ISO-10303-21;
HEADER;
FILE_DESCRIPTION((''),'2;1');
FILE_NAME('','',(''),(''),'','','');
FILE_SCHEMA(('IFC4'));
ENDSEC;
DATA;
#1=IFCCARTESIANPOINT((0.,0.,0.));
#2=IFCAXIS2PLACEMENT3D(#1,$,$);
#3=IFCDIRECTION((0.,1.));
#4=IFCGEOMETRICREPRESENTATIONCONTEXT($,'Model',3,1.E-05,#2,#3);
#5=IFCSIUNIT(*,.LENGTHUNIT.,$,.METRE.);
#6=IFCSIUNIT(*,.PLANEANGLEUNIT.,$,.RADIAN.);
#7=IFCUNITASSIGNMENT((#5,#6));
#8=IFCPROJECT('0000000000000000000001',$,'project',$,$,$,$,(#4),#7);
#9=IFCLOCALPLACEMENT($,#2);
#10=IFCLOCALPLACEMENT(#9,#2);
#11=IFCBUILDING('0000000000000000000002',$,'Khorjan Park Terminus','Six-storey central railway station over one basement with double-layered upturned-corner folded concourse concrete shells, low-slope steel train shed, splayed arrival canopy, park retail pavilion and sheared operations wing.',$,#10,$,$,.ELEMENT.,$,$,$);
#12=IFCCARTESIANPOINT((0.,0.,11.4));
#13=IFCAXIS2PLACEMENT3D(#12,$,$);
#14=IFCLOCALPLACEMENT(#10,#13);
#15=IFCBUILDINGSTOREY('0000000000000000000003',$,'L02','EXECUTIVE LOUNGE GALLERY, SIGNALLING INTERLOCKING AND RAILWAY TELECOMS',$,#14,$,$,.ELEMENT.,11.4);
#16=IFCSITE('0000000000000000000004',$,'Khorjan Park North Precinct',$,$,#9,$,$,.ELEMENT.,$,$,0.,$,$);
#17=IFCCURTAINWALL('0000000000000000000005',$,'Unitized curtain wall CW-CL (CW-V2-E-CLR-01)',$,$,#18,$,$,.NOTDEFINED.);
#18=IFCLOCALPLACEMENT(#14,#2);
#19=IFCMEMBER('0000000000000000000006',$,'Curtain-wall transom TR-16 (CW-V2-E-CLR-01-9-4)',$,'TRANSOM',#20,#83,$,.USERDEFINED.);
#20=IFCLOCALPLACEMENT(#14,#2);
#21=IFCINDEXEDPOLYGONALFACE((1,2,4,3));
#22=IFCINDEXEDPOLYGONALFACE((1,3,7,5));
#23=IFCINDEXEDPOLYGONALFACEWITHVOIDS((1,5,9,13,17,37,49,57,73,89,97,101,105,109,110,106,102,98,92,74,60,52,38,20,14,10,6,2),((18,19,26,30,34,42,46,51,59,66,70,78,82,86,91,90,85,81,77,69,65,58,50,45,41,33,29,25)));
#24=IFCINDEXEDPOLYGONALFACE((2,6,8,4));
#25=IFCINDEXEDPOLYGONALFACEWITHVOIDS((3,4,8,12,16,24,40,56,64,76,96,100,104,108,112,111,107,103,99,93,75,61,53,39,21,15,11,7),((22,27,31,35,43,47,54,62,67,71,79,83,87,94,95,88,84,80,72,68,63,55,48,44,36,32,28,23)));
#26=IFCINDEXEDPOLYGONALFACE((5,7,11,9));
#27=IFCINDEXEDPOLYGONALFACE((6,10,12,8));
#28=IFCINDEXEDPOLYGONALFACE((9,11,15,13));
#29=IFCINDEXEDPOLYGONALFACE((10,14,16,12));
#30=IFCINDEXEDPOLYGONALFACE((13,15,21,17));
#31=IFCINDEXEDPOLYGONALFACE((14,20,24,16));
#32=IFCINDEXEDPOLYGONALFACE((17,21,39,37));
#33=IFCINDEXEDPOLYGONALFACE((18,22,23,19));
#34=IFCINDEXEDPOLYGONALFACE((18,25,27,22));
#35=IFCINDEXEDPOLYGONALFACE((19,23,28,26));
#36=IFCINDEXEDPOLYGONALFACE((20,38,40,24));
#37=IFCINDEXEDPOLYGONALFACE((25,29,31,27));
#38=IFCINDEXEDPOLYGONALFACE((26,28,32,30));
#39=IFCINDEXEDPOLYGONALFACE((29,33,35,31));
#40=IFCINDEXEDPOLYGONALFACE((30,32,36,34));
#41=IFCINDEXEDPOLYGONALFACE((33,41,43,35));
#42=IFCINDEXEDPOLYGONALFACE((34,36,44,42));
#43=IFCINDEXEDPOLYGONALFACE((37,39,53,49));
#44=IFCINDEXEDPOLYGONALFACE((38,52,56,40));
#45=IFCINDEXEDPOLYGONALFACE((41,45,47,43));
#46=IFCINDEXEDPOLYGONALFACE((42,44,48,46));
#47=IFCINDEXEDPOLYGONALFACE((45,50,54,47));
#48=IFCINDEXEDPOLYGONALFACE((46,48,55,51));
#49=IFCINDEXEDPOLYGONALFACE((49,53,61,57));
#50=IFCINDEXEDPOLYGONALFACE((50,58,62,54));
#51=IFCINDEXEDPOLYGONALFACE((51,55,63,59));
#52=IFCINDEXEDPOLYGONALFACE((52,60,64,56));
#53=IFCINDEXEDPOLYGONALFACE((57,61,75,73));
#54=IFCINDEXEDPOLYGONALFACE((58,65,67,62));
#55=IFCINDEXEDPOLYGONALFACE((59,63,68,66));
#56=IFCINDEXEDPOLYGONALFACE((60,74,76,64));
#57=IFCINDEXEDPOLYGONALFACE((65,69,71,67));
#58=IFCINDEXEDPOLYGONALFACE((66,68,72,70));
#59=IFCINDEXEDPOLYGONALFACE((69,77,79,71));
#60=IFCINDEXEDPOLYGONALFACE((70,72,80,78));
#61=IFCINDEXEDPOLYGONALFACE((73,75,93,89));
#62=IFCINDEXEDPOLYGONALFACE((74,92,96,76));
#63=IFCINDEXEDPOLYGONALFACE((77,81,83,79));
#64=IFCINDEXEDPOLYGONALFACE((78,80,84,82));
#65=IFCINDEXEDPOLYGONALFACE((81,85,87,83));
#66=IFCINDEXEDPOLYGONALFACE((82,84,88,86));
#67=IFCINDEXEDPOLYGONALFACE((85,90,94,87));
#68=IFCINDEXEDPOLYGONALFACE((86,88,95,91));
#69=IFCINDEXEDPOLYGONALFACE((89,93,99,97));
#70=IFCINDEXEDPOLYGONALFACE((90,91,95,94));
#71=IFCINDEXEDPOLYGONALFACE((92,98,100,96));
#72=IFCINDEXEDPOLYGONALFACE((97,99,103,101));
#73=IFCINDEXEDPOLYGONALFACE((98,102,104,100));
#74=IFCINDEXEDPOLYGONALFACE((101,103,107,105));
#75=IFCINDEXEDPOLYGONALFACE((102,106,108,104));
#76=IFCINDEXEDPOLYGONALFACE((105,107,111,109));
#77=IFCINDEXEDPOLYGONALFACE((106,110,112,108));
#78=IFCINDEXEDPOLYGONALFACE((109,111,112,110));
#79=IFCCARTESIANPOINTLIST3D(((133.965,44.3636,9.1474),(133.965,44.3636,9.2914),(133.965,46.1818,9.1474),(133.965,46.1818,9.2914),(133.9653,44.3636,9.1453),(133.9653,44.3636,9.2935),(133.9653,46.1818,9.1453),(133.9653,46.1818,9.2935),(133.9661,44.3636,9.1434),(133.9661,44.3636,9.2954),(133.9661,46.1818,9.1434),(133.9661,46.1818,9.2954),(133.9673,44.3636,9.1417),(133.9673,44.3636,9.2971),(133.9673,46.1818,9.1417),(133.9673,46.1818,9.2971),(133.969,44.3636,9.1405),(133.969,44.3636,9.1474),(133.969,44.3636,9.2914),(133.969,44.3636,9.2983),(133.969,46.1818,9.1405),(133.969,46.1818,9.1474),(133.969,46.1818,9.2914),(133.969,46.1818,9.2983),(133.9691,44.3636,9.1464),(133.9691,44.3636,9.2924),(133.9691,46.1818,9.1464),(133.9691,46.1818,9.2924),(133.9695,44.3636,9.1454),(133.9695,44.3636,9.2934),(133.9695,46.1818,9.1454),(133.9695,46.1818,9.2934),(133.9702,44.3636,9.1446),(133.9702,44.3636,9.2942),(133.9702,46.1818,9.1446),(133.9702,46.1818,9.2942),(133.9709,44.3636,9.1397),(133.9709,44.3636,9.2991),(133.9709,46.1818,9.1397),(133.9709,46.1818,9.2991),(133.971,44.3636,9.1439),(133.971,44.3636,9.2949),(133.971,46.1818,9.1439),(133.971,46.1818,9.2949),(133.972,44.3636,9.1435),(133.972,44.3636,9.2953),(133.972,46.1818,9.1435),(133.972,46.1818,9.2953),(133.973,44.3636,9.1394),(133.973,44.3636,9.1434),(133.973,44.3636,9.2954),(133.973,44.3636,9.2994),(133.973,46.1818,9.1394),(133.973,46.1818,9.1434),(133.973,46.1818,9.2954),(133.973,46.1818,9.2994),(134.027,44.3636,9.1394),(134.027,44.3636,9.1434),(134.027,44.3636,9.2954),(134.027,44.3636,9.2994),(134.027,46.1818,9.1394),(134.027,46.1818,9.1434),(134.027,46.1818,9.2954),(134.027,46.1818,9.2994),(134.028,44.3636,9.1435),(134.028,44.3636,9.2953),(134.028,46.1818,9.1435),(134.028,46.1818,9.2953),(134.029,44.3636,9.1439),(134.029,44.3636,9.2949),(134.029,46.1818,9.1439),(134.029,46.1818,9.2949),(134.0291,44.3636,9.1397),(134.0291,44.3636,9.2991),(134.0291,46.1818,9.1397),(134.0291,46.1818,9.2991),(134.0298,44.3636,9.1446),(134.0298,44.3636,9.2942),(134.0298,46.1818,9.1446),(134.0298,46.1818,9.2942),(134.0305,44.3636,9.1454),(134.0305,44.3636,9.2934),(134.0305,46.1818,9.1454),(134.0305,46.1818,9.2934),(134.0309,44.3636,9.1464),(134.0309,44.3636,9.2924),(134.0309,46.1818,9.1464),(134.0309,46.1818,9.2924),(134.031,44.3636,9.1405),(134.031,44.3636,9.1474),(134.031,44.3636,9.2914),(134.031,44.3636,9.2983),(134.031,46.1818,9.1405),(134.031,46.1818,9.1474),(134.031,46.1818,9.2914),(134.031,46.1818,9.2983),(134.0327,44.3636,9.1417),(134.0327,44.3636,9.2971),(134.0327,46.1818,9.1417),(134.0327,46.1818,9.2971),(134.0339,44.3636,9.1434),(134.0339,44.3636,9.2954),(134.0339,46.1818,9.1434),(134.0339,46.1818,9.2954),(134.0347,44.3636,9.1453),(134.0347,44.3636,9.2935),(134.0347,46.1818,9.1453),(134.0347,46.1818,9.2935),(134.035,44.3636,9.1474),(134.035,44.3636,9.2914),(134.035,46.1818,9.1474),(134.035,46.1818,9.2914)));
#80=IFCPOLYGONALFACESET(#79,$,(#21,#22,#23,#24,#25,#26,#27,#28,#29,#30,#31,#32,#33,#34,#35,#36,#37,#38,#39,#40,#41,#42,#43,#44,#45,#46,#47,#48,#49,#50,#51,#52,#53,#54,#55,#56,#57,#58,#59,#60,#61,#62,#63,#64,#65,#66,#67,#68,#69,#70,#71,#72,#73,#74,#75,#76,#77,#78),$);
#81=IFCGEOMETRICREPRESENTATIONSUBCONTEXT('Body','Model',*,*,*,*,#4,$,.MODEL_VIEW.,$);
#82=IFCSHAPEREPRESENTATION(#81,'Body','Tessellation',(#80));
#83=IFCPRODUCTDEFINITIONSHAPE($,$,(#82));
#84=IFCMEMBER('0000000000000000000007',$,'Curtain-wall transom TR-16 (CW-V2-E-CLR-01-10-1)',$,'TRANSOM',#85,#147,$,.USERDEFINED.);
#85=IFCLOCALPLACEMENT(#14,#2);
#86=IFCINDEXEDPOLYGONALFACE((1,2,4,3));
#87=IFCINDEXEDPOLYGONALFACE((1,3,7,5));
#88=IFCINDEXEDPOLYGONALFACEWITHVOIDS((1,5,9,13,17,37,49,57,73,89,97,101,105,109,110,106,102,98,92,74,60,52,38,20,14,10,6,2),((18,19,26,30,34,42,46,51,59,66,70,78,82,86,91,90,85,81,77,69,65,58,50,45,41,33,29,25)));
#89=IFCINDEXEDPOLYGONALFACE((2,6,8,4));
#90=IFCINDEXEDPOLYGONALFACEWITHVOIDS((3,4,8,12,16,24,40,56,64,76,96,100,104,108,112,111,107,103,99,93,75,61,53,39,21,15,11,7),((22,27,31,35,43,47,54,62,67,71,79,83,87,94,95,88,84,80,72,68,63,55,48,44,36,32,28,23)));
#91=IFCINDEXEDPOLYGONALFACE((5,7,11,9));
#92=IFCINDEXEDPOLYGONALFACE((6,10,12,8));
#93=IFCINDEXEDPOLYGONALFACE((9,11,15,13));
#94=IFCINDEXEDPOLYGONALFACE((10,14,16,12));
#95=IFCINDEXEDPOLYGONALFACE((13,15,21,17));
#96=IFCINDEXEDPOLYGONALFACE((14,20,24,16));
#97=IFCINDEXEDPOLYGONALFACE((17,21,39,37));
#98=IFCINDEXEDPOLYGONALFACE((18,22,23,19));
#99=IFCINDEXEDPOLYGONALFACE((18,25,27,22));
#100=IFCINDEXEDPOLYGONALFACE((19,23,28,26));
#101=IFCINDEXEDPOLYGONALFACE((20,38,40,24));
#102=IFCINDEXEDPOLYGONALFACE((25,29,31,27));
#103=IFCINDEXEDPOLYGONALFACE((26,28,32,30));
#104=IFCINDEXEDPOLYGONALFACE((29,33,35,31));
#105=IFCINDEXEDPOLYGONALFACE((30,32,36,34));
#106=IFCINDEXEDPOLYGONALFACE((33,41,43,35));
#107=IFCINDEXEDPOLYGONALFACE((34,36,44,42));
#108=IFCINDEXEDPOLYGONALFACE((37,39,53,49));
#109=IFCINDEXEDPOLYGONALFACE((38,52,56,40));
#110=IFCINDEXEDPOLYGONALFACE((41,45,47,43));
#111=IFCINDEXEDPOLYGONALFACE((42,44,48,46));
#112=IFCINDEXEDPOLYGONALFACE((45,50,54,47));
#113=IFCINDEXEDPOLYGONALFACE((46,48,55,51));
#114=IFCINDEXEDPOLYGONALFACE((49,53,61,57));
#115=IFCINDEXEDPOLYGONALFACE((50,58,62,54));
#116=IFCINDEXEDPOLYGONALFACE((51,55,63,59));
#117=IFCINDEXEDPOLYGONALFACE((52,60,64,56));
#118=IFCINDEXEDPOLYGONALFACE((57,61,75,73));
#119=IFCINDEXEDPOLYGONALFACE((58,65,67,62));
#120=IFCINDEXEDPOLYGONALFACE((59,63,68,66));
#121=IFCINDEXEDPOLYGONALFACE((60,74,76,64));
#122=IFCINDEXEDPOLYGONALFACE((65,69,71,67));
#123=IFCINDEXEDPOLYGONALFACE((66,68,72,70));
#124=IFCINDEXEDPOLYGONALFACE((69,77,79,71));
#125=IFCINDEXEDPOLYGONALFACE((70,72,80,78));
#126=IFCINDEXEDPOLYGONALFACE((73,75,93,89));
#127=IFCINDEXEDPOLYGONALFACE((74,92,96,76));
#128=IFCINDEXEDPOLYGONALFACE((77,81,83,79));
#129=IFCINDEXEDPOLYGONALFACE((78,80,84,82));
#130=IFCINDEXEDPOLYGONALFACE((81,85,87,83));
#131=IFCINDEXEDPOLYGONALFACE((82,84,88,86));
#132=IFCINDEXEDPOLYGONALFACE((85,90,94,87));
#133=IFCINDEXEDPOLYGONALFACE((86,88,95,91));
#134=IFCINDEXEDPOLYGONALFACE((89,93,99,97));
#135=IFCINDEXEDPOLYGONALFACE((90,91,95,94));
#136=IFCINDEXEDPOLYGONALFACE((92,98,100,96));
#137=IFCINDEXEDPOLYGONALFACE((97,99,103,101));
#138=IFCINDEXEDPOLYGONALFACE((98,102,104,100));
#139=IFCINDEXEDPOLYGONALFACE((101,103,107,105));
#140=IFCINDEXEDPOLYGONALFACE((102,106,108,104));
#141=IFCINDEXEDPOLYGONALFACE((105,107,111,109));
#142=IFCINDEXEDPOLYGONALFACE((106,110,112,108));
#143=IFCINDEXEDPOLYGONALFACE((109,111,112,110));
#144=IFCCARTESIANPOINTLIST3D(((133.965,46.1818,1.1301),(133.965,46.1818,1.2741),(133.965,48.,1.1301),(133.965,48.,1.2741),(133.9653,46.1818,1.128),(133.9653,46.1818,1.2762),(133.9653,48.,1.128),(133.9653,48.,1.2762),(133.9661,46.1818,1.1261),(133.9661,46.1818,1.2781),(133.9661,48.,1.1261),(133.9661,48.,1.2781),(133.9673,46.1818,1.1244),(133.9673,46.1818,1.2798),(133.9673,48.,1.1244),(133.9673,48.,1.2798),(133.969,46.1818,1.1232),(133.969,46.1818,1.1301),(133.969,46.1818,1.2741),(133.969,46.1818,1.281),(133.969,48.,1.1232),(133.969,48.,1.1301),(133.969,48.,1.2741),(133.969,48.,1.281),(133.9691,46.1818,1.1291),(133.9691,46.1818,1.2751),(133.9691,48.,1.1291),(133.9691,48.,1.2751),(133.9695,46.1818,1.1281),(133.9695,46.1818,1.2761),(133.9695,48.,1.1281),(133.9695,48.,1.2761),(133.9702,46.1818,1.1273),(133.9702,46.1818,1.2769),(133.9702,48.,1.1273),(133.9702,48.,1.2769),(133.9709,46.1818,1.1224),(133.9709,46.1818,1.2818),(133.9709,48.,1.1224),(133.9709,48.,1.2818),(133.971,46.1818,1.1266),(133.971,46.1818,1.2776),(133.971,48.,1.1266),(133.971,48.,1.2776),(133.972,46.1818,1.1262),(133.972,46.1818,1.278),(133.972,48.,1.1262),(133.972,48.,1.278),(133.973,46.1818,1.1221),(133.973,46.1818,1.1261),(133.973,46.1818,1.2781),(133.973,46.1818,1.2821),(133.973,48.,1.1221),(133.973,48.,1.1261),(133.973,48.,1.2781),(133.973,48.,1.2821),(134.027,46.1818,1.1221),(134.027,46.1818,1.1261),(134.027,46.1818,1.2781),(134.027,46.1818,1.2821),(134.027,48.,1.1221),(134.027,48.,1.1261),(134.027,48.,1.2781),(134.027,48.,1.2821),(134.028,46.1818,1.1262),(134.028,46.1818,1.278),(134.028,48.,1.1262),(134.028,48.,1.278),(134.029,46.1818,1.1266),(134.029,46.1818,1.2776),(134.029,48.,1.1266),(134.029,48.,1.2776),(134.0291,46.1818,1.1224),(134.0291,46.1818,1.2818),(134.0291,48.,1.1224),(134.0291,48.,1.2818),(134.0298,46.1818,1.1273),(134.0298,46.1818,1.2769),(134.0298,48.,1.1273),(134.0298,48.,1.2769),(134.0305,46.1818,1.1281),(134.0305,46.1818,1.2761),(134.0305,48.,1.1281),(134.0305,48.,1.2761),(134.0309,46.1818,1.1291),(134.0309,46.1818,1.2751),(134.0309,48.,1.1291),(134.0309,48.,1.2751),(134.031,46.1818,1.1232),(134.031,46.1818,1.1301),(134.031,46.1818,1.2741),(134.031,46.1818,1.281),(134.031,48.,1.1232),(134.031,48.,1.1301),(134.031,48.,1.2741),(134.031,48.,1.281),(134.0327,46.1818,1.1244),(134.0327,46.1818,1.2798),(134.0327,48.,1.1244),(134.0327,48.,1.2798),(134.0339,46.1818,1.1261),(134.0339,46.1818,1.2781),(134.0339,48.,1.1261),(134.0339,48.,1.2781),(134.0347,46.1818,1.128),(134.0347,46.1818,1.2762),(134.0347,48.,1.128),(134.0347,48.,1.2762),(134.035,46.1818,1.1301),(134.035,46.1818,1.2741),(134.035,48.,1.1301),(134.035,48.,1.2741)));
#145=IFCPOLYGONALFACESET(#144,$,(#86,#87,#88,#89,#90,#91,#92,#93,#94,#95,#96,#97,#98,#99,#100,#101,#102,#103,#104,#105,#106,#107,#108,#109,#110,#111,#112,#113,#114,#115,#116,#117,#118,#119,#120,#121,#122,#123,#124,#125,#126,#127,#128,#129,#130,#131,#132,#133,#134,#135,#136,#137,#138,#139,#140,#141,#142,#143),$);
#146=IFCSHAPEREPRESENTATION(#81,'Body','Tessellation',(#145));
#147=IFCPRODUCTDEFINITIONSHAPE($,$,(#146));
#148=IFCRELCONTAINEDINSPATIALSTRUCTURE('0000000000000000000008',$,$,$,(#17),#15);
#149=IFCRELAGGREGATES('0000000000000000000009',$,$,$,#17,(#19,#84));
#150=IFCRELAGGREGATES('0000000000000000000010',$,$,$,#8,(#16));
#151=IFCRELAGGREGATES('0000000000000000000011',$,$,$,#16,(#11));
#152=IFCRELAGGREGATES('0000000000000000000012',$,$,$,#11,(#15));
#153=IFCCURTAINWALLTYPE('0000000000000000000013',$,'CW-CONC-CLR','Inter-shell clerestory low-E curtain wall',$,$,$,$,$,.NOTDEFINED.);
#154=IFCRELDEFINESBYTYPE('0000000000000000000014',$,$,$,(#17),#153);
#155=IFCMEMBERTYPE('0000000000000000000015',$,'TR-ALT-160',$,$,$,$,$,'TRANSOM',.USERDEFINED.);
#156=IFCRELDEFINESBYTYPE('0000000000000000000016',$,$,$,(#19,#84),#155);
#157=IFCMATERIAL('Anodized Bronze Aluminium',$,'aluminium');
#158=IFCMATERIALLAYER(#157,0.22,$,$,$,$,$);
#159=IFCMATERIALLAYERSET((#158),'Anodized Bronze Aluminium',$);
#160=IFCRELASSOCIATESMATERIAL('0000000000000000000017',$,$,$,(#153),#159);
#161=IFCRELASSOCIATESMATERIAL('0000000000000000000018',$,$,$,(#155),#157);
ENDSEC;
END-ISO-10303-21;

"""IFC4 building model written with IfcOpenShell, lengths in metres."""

from ifc_helpers import new_model, si_unit, direction, frame, origin, origin_2d, place, context, subcontext, project, spatial, hollow_rectangle, extrude, material, layer, layer_set, material_profile, profile_set, type_object, element, aggregate, save


model = new_model("IFC4")

# Units and contexts
model_context = context("Model", 3, precision=1e-05, world=origin(), true_north=direction((0.0, 1.0)))
body_context = subcontext(model_context, "Body", "Model", "MODEL_VIEW")
ifc_project = project(units=[si_unit("LENGTHUNIT", "METRE"), si_unit("PLANEANGLEUNIT", "RADIAN")], contexts=[model_context])

# Site, building, storey
site_placement = place(None, origin())
site = spatial("IfcSite", under=ifc_project, at=site_placement, Name="Khorjan Park North Precinct", CompositionType="ELEMENT", RefElevation=0.0)
building_placement = place(site_placement, origin())
building = spatial("IfcBuilding", under=site, at=building_placement, Name="Khorjan Park Terminus", Description="Six-storey central railway station over one basement with double-layered upturned-corner folded concourse concrete shells, low-slope steel train shed, splayed arrival canopy, park retail pavilion and sheared operations wing.", CompositionType="ELEMENT")
storey_placement = place(building_placement, frame((0.0, 0.0, 11.4)))
storey = spatial("IfcBuildingStorey", under=building, at=storey_placement, Name="L02", Description="EXECUTIVE LOUNGE GALLERY, SIGNALLING INTERLOCKING AND RAILWAY TELECOMS", CompositionType="ELEMENT", Elevation=11.4)

# Curtain wall, members
ifc_material_1 = material(Name="Anodized Bronze Aluminium", Category="aluminium")
ifc_layer_1 = layer(ifc_material_1, 0.22)
ifc_layer_set_1 = layer_set([ifc_layer_1], Name="Anodized Bronze Aluminium")
curtain_wall_type = type_object("IfcCurtainWallType", Name="CW-CONC-CLR", Description="Inter-shell clerestory low-E curtain wall", PredefinedType="NOTDEFINED", material=ifc_layer_set_1)
curtain_wall_placement = place(storey_placement, origin())
curtain_wall = element("IfcCurtainWall", 1, at=curtain_wall_placement, inside=storey, type_object=curtain_wall_type, Name="Unitized curtain wall CW-CL (CW-V2-E-CLR-01)", PredefinedType="NOTDEFINED")
ifc_material_profile = material_profile(ifc_material_1, hollow_rectangle(XDim=0.07, YDim=0.16, WallThickness=0.004, InnerFilletRadius=0.004, OuterFilletRadius=0.008, at=origin_2d()), Name="ALT 70x160x4")
ifc_profile_set = profile_set([ifc_material_profile], Name="Anodized Bronze Aluminium")
member_type = type_object("IfcMemberType", Name="TR-ALT-160", ElementType="TRANSOM", PredefinedType="USERDEFINED", material=ifc_profile_set)
member_1_placement = place(storey_placement, frame((134.0, 44.3636, 9.2194), z_axis=(0.0, 1.0, 0.0), x_axis=(-1.0, 0.0, 0.0)))
member_1 = element("IfcMember", 2, at=member_1_placement, type_object=member_type, Name="Curtain-wall transom TR-16 (CW-V2-E-CLR-01-9-4)", ObjectType="TRANSOM", PredefinedType="USERDEFINED", context=body_context, shape_type="SweptSolid", body=[
    extrude(hollow_rectangle(XDim=0.07, YDim=0.16, WallThickness=0.004, InnerFilletRadius=0.004, OuterFilletRadius=0.008, at=origin_2d()), origin(), (0.0, 0.0, 1.0), 1.8182),
])
member_2_placement = place(storey_placement, frame((134.0, 46.1818, 1.2021), z_axis=(0.0, 1.0, 0.0), x_axis=(-1.0, 0.0, 0.0)))
member_2 = element("IfcMember", 3, at=member_2_placement, type_object=member_type, Name="Curtain-wall transom TR-16 (CW-V2-E-CLR-01-10-1)", ObjectType="TRANSOM", PredefinedType="USERDEFINED", context=body_context, shape_type="SweptSolid", body=[
    extrude(hollow_rectangle(XDim=0.07, YDim=0.16, WallThickness=0.004, InnerFilletRadius=0.004, OuterFilletRadius=0.008, at=origin_2d()), origin(), (0.0, 0.0, 1.0), 1.8182),
])
aggregate(curtain_wall, [member_1, member_2])

save(model, "model.ifc")
